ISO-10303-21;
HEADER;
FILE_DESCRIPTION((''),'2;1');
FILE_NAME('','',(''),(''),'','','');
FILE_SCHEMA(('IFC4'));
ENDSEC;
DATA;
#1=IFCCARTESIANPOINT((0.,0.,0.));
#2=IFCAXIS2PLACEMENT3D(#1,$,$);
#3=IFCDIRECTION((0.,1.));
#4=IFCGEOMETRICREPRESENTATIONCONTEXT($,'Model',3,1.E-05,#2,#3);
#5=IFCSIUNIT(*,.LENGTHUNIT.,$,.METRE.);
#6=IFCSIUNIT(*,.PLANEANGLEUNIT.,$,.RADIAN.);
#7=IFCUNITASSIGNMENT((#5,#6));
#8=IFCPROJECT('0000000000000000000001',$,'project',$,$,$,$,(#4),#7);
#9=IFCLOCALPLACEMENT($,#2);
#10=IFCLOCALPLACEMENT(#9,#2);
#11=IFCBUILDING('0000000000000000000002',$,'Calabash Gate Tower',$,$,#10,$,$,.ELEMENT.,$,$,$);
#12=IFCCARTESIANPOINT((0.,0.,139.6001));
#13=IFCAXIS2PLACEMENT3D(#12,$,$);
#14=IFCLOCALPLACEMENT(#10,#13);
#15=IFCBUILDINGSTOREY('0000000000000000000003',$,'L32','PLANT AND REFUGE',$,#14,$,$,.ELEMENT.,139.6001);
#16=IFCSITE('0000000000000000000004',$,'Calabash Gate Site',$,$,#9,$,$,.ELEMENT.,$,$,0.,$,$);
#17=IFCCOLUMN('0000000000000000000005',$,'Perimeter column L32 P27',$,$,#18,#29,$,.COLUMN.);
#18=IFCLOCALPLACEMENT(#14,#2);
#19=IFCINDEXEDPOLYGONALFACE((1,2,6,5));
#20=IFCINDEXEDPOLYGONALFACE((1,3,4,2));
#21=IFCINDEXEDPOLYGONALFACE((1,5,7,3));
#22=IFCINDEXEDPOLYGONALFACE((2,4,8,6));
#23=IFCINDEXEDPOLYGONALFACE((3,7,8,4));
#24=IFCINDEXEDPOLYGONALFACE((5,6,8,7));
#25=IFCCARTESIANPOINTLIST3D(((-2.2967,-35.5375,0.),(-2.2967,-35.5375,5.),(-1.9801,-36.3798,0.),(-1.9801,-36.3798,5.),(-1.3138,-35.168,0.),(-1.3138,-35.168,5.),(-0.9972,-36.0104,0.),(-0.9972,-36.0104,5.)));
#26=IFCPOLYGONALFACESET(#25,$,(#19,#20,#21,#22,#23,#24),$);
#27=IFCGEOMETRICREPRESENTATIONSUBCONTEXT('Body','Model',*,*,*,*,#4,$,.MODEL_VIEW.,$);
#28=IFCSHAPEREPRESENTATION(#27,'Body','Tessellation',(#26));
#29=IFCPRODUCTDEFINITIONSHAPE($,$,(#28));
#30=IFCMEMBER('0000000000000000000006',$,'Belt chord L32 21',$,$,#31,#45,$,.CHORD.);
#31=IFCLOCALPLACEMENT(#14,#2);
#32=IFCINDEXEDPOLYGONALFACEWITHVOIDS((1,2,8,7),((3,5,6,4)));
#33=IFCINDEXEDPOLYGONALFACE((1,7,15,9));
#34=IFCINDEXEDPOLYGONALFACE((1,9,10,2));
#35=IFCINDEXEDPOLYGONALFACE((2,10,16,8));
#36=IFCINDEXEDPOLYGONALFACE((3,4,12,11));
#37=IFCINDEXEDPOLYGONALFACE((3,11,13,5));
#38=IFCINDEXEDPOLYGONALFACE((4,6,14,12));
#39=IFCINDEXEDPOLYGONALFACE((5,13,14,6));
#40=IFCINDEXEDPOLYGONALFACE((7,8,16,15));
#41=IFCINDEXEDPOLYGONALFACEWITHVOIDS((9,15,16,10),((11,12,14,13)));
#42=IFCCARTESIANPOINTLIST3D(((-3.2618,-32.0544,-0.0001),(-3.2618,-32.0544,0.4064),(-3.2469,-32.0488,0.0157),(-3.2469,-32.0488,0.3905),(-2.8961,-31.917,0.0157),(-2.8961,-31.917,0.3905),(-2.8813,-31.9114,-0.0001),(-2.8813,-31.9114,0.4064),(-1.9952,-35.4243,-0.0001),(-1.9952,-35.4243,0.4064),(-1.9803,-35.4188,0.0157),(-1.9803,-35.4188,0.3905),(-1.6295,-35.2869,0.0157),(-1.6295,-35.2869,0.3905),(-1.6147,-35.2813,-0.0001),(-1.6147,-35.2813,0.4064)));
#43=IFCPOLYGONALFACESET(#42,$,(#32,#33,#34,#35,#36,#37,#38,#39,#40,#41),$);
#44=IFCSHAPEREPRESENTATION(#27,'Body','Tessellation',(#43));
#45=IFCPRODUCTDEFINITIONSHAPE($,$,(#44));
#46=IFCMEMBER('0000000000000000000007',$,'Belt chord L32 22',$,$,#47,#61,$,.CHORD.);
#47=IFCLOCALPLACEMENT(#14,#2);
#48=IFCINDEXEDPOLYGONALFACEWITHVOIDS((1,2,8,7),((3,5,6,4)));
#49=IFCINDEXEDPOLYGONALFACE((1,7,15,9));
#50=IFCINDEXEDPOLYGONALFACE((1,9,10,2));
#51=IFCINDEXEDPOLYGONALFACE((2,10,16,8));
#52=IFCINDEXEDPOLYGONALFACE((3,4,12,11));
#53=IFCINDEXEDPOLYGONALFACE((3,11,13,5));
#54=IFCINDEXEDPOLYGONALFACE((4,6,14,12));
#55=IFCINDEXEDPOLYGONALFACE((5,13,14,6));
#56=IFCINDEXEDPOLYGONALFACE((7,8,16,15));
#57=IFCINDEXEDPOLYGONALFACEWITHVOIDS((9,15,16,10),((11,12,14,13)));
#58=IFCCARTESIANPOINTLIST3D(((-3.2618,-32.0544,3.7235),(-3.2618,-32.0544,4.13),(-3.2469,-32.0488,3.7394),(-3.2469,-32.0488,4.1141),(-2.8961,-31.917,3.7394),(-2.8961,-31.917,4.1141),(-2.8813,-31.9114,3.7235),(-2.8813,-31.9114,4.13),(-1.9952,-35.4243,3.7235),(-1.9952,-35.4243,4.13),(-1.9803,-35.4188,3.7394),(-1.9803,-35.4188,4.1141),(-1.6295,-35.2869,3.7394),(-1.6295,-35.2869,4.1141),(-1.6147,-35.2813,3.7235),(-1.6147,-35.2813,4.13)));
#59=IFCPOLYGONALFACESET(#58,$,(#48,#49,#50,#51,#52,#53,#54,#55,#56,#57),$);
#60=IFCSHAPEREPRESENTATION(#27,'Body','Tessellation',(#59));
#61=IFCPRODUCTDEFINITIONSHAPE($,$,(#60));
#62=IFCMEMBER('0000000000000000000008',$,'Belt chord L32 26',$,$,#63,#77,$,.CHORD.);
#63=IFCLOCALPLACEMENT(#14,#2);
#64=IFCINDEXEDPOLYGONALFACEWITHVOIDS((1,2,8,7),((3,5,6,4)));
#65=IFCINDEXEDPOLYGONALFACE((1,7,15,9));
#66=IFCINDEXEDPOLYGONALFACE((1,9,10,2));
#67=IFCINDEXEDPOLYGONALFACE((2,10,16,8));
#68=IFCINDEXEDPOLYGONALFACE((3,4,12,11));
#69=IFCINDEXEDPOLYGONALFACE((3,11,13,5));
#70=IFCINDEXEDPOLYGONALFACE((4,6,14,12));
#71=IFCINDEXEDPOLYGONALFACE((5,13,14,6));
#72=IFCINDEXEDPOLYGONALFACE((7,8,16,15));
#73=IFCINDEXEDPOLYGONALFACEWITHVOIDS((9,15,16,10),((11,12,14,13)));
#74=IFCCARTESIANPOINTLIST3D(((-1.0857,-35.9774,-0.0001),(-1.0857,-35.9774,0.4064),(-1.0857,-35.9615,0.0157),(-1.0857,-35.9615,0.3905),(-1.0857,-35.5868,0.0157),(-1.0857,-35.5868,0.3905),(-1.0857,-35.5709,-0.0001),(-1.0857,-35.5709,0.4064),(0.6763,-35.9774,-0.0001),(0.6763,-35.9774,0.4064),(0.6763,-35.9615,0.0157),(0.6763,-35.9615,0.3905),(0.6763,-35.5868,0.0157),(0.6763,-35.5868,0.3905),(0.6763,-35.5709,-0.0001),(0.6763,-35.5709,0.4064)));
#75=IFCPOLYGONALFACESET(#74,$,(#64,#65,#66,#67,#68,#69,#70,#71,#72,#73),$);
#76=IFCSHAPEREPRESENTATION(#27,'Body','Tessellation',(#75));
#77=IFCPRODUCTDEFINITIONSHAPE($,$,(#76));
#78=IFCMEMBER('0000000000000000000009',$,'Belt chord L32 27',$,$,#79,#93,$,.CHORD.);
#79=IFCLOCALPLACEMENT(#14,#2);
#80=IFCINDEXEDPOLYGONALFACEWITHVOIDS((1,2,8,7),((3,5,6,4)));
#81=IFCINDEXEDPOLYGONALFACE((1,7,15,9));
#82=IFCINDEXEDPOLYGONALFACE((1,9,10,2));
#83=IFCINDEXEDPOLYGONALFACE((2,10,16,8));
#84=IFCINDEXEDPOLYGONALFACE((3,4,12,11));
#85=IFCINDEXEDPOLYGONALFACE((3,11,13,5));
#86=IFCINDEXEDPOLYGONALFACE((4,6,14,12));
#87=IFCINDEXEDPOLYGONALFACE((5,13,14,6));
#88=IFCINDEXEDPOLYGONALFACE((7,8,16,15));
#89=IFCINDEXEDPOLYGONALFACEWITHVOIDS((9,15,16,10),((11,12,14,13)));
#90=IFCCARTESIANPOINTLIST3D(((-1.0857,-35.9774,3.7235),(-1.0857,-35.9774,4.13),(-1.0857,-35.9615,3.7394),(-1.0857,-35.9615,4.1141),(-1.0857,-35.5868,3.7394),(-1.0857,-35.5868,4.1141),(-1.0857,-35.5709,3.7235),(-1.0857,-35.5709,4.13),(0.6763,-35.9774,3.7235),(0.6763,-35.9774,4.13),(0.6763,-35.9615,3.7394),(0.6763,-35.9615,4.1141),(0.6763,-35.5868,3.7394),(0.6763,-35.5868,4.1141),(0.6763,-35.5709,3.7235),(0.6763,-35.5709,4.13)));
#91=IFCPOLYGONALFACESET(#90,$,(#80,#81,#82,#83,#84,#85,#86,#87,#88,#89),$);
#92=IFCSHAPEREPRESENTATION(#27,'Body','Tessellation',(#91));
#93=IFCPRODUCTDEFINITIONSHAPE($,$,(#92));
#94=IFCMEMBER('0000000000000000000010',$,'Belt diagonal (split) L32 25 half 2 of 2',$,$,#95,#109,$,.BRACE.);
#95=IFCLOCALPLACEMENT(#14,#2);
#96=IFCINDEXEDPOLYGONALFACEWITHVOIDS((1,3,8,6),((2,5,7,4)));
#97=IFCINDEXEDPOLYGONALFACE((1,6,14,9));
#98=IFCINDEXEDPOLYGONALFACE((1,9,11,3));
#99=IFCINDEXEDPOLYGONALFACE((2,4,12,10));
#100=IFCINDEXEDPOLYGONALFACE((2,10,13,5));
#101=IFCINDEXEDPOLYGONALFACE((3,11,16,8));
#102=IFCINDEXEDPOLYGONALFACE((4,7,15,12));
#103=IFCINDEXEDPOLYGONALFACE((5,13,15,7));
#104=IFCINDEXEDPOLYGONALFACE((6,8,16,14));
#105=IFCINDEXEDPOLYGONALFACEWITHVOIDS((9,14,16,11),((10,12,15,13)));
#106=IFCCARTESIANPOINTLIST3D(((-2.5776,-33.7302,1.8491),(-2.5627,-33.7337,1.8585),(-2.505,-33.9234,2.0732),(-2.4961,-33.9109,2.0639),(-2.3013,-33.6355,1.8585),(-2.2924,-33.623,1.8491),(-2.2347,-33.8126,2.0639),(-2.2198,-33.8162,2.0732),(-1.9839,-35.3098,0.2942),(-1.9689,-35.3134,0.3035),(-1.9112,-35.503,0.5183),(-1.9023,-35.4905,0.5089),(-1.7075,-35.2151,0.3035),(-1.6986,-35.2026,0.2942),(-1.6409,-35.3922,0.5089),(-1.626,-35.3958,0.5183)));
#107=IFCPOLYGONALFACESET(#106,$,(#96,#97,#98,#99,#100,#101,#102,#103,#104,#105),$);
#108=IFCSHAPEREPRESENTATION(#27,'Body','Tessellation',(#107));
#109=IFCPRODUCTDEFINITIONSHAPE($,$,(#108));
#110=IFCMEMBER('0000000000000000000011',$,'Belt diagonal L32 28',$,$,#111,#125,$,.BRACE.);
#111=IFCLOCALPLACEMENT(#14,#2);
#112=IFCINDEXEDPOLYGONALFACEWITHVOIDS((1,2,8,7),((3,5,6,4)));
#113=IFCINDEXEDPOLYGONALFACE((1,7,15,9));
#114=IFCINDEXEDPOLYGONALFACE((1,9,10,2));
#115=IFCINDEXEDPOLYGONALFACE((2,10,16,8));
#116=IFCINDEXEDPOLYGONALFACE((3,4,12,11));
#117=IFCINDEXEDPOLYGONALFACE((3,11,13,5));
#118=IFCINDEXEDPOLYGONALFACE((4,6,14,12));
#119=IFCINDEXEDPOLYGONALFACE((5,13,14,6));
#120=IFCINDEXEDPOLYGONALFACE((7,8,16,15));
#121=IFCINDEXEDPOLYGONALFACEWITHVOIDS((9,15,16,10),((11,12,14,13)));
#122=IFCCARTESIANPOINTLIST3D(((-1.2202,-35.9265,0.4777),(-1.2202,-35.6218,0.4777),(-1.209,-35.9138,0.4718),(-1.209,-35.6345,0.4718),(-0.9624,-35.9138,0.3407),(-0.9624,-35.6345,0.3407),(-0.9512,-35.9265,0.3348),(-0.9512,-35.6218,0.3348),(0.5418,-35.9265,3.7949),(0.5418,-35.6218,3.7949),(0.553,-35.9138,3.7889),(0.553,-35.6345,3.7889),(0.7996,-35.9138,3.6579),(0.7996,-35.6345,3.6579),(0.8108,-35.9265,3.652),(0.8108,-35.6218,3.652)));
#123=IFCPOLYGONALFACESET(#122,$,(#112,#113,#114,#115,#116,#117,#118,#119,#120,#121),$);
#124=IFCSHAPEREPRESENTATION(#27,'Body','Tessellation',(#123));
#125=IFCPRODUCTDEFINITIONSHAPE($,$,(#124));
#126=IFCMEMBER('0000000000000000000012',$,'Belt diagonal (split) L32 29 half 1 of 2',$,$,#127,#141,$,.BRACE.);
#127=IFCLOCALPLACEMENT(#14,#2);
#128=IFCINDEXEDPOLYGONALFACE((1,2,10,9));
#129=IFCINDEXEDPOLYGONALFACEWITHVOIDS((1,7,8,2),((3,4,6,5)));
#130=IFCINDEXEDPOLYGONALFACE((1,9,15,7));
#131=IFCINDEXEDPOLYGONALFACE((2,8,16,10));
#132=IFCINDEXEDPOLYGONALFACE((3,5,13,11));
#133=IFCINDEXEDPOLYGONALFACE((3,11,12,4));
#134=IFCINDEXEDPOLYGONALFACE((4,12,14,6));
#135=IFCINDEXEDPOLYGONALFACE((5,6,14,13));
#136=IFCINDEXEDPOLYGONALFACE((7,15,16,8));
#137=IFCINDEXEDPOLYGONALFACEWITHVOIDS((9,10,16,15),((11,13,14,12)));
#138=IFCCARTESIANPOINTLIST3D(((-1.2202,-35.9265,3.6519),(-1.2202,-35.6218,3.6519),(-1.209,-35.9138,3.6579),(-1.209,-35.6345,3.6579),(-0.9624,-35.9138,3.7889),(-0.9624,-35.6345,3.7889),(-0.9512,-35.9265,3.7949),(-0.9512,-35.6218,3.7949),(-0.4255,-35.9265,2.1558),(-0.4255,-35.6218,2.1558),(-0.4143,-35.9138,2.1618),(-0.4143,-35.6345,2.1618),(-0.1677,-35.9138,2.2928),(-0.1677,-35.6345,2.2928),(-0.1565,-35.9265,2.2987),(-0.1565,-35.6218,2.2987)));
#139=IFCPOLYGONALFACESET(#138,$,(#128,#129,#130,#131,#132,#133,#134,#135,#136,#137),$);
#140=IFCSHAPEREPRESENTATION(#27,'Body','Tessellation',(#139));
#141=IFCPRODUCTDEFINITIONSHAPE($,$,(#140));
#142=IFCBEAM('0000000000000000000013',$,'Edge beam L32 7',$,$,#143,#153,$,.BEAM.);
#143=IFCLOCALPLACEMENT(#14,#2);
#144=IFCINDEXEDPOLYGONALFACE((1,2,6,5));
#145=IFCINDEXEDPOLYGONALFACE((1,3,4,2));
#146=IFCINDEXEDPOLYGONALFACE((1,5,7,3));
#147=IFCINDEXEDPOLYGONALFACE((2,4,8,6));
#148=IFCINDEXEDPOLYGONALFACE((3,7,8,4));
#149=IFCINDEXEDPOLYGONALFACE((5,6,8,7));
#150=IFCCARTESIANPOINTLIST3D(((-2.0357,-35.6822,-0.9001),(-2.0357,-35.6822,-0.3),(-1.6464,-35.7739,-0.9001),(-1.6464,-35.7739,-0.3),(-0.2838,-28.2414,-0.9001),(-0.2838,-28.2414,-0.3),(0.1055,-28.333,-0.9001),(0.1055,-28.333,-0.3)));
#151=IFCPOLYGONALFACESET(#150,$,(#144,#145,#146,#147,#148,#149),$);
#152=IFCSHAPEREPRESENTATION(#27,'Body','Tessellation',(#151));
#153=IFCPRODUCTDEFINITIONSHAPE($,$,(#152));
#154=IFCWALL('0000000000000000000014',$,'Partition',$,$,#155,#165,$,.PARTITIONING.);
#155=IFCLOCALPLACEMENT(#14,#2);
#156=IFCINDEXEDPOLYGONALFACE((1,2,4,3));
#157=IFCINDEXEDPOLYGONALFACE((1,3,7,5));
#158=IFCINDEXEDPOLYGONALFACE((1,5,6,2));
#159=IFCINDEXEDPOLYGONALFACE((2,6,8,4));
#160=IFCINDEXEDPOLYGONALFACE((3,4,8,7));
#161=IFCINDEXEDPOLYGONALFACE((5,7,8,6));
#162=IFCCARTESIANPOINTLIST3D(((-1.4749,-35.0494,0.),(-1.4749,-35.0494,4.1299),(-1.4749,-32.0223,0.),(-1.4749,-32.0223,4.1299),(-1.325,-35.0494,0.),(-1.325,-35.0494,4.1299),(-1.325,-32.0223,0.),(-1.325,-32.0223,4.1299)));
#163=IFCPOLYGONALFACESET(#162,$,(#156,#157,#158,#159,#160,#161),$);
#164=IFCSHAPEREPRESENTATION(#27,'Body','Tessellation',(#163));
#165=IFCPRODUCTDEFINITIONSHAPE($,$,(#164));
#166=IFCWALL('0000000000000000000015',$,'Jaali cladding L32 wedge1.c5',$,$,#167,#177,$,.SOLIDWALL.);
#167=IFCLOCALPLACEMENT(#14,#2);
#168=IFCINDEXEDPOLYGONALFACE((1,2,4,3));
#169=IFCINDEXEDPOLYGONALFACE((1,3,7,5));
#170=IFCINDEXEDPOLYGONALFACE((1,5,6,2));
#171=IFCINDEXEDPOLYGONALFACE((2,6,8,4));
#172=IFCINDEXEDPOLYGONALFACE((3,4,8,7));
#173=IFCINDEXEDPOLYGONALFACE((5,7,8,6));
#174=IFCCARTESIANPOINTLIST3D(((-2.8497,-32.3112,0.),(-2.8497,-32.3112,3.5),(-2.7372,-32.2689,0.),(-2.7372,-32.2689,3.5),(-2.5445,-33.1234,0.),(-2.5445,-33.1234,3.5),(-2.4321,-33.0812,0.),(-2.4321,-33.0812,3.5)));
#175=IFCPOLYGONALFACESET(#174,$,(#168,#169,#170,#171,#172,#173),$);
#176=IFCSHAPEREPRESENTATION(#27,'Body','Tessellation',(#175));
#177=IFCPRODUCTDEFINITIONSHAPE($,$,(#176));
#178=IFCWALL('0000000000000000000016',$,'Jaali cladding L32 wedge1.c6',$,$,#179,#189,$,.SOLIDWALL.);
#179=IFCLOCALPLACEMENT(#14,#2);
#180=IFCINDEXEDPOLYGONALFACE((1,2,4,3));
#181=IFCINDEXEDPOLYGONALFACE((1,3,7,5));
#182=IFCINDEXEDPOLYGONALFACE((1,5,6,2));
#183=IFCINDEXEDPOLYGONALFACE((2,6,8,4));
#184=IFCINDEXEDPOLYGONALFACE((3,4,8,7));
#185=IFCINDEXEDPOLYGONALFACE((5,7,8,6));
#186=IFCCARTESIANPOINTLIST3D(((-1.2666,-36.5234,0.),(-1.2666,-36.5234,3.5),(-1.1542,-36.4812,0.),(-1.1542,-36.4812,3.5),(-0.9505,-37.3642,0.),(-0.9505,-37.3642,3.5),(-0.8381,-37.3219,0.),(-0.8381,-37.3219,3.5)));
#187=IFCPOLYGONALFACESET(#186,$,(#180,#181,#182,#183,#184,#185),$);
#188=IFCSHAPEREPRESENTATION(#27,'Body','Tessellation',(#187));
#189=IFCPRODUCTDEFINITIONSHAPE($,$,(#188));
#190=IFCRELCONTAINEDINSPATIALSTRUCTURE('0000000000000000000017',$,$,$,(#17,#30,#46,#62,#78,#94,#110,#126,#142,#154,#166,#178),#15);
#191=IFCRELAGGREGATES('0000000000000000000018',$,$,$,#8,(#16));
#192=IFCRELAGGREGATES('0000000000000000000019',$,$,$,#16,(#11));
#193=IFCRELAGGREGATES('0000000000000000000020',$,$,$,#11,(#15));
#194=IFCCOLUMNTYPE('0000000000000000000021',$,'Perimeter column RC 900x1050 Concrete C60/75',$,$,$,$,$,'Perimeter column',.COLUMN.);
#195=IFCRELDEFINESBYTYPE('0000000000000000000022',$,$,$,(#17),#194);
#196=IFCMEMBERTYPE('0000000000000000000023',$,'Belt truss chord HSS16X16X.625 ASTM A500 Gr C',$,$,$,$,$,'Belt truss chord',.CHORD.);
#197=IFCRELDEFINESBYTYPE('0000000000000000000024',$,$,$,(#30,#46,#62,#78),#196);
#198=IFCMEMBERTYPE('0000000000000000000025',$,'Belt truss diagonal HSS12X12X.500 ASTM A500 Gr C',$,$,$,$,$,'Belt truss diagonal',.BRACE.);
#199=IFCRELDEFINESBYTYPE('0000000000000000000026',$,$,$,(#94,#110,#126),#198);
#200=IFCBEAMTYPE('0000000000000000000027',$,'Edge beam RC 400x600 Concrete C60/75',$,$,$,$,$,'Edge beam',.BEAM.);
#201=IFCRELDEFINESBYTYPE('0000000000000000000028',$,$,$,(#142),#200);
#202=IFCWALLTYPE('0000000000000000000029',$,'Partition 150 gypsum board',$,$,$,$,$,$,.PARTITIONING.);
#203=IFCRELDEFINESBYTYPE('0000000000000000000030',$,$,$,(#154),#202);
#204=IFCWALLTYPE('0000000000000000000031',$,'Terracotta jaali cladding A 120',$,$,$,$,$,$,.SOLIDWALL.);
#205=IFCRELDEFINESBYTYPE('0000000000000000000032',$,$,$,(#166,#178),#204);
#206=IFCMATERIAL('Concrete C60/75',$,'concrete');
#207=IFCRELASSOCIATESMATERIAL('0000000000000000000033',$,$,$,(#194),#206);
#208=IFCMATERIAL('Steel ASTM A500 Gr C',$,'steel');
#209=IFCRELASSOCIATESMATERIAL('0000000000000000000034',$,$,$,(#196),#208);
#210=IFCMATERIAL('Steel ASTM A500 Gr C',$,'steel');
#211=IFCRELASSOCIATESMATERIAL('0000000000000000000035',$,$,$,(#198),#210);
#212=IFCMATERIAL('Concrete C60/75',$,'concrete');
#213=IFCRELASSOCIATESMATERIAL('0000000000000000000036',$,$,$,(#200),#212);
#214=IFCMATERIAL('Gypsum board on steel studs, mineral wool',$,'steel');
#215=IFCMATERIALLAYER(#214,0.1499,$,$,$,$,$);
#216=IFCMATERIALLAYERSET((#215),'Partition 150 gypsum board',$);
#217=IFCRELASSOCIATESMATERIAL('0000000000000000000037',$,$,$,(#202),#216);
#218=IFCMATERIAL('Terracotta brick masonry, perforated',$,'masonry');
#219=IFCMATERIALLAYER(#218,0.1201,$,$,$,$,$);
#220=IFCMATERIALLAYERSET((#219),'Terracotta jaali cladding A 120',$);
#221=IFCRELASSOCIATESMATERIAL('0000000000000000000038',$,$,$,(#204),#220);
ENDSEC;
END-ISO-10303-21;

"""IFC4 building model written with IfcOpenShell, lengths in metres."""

from ifc_helpers import new_model, si_unit, direction, frame, frame_2d, origin, origin_2d, place, context, subcontext, project, spatial, rectangle, hollow_rectangle, extrude, material, layer, layer_set, material_profile, profile_set, type_object, element, save


model = new_model("IFC4")

# Units and contexts
model_context = context("Model", 3, precision=1e-05, world=origin(), true_north=direction((0.0, 1.0)))
body_context = subcontext(model_context, "Body", "Model", "MODEL_VIEW")
ifc_project = project(units=[si_unit("LENGTHUNIT", "METRE"), si_unit("PLANEANGLEUNIT", "RADIAN")], contexts=[model_context])

# Site, building, storey
site_placement = place(None, origin())
site = spatial("IfcSite", under=ifc_project, at=site_placement, Name="Calabash Gate Site", CompositionType="ELEMENT", RefElevation=0.0)
building_placement = place(site_placement, origin())
building = spatial("IfcBuilding", under=site, at=building_placement, Name="Calabash Gate Tower", CompositionType="ELEMENT")
storey_placement = place(building_placement, frame((0.0, 0.0, 139.6001)))
storey = spatial("IfcBuildingStorey", under=building, at=storey_placement, Name="L32", Description="PLANT AND REFUGE", CompositionType="ELEMENT", Elevation=139.6001)

# Column
ifc_material_1 = material(Name="Concrete C60/75", Category="concrete")
ifc_material_profile_1 = material_profile(ifc_material_1, rectangle(XDim=0.8999, YDim=1.05, at=origin_2d()))
ifc_profile_set_1 = profile_set([ifc_material_profile_1], Name="Concrete C60/75")
column_type = type_object("IfcColumnType", Name="Perimeter column RC 900x1050 Concrete C60/75", ElementType="Perimeter column", PredefinedType="COLUMN", material=ifc_profile_set_1)
column_placement = place(storey_placement, frame((-1.647, -35.7739, 0.0), z_axis=(0.0, 0.0, 1.0), x_axis=(0.351822, -0.936067, 0.0)))
element("IfcColumn", 1, at=column_placement, inside=storey, type_object=column_type, Name="Perimeter column L32 P27", PredefinedType="COLUMN", context=body_context, shape_type="SweptSolid", body=[
    extrude(rectangle(XDim=0.8999, YDim=1.05, at=origin_2d()), origin(), (0.0, 0.0, 1.0), 5.0),
])

# Members
ifc_material_2 = material(Name="Steel ASTM A500 Gr C", Category="steel")
ifc_material_profile_2 = material_profile(ifc_material_2, hollow_rectangle(XDim=0.4065, YDim=0.4065, WallThickness=0.0159, at=origin_2d()))
ifc_profile_set_2 = profile_set([ifc_material_profile_2], Name="Steel ASTM A500 Gr C")
member_type_1 = type_object("IfcMemberType", Name="Belt truss chord HSS16X16X.625 ASTM A500 Gr C", ElementType="Belt truss chord", PredefinedType="CHORD", material=ifc_profile_set_2)
for number, where, z_axis, x_axis, name in (
    (2, (-3.0715, -31.9829, 0.2031), (0.351829, -0.936064, 0.0), (0.936064, 0.351829, 0.0), "Belt chord L32 21"),
    (3, (-3.0715, -31.9829, 3.9268), (0.351829, -0.936064, 0.0), (0.936064, 0.351829, 0.0), "Belt chord L32 22"),
):
    element("IfcMember", number, at=place(storey_placement, frame(where, z_axis=z_axis, x_axis=x_axis)), inside=storey, type_object=member_type_1, Name=name, PredefinedType="CHORD", context=body_context, shape_type="SweptSolid", body=[
        extrude(hollow_rectangle(XDim=0.4065, YDim=0.4065, WallThickness=0.0159, at=origin_2d()), origin(), (0.0, 0.0, 1.0), 3.6001),
    ])
for number, where, z_axis, x_axis, name in (
    (4, (-1.0857, -35.7742, 0.2031), (1.0, 0.0, 0.0), (0.0, 1.0, 0.0), "Belt chord L32 26"),
    (5, (-1.0857, -35.7742, 3.9268), (1.0, 0.0, 0.0), (0.0, 1.0, 0.0), "Belt chord L32 27"),
):
    element("IfcMember", number, at=place(storey_placement, frame(where, z_axis=z_axis, x_axis=x_axis)), inside=storey, type_object=member_type_1, Name=name, PredefinedType="CHORD", context=body_context, shape_type="SweptSolid", body=[
        extrude(hollow_rectangle(XDim=0.4065, YDim=0.4065, WallThickness=0.0159, at=origin_2d()), origin(), (0.0, 0.0, 1.0), 1.762),
    ])
ifc_material_3 = material(Name="Steel ASTM A500 Gr C", Category="steel")
ifc_material_profile_3 = material_profile(ifc_material_3, hollow_rectangle(XDim=0.3047, YDim=0.3047, WallThickness=0.0127, at=origin_2d()))
ifc_profile_set_3 = profile_set([ifc_material_profile_3], Name="Steel ASTM A500 Gr C")
member_type_2 = type_object("IfcMemberType", Name="Belt truss diagonal HSS12X12X.500 ASTM A500 Gr C", ElementType="Belt truss diagonal", PredefinedType="BRACE", material=ifc_profile_set_3)
member_1_placement = place(storey_placement, frame((-2.3987, -33.7732, 1.9612), z_axis=(0.258753, -0.688377, -0.677631), x_axis=(0.936055, 0.351853, 0.0)))
element("IfcMember", 6, at=member_1_placement, inside=storey, type_object=member_type_2, Name="Belt diagonal (split) L32 25 half 2 of 2", PredefinedType="BRACE", context=body_context, shape_type="SweptSolid", body=[
    extrude(hollow_rectangle(XDim=0.3047, YDim=0.3047, WallThickness=0.0127, at=origin_2d()), origin(), (0.0, 0.0, 1.0), 2.2947),
])
member_2_placement = place(storey_placement, frame((-1.0857, -35.7742, 0.4062), z_axis=(0.4691, 0.0, 0.883145), x_axis=(0.0, 1.0, 0.0)))
element("IfcMember", 7, at=member_2_placement, inside=storey, type_object=member_type_2, Name="Belt diagonal L32 28", PredefinedType="BRACE", context=body_context, shape_type="SweptSolid", body=[
    extrude(hollow_rectangle(XDim=0.3047, YDim=0.3047, WallThickness=0.0127, at=origin_2d()), origin(), (0.0, 0.0, 1.0), 3.7561),
])
member_3_placement = place(storey_placement, frame((-1.0857, -35.7742, 3.7234), z_axis=(0.469099, 0.0, -0.883146), x_axis=(0.0, 1.0, 0.0)))
element("IfcMember", 8, at=member_3_placement, inside=storey, type_object=member_type_2, Name="Belt diagonal (split) L32 29 half 1 of 2", PredefinedType="BRACE", context=body_context, shape_type="SweptSolid", body=[
    extrude(hollow_rectangle(XDim=0.3047, YDim=0.3047, WallThickness=0.0127, at=origin_2d()), origin(), (0.0, 0.0, 1.0), 1.6941),
])

# Beam
ifc_material_4 = material(Name="Concrete C60/75", Category="concrete")
ifc_material_profile_4 = material_profile(ifc_material_4, rectangle(XDim=0.3999, YDim=0.6001, at=origin_2d()))
ifc_profile_set_4 = profile_set([ifc_material_profile_4], Name="Concrete C60/75")
beam_type = type_object("IfcBeamType", Name="Edge beam RC 400x600 Concrete C60/75", ElementType="Edge beam", PredefinedType="BEAM", material=ifc_profile_set_4)
beam_placement = place(storey_placement, frame((-1.8411, -35.728, -0.6001), z_axis=(0.229182, 0.973384, 0.0), x_axis=(-0.973384, 0.229182, 0.0)))
element("IfcBeam", 9, at=beam_placement, inside=storey, type_object=beam_type, Name="Edge beam L32 7", PredefinedType="BEAM", context=body_context, shape_type="SweptSolid", body=[
    extrude(rectangle(XDim=0.3999, YDim=0.6001, at=origin_2d()), origin(), (0.0, 0.0, 1.0), 7.6443),
])

# Walls
ifc_material_5 = material(Name="Gypsum board on steel studs, mineral wool", Category="steel")
ifc_layer_1 = layer(ifc_material_5, 0.1499)
ifc_layer_set_1 = layer_set([ifc_layer_1], Name="Partition 150 gypsum board")
wall_type_1 = type_object("IfcWallType", Name="Partition 150 gypsum board", PredefinedType="PARTITIONING", material=ifc_layer_set_1)
wall_1_placement = place(storey_placement, frame((-1.3999, -35.0496, 0.0), z_axis=(0.0, 0.0, 1.0), x_axis=(0.0, 1.0, 0.0)))
element("IfcWall", 10, at=wall_1_placement, inside=storey, type_object=wall_type_1, Name="Partition", PredefinedType="PARTITIONING", context=body_context, shape_type="SweptSolid", body=[
    extrude(rectangle(XDim=3.0271, YDim=0.1499, at=frame_2d((1.5137, 0.0))), origin(), (0.0, 0.0, 1.0), 4.1299),
])
ifc_material_6 = material(Name="Terracotta brick masonry, perforated", Category="masonry")
ifc_layer_2 = layer(ifc_material_6, 0.1201)
ifc_layer_set_2 = layer_set([ifc_layer_2], Name="Terracotta jaali cladding A 120")
wall_type_2 = type_object("IfcWallType", Name="Terracotta jaali cladding A 120", PredefinedType="SOLIDWALL", material=ifc_layer_set_2)
wall_2_placement = place(storey_placement, frame((-2.7935, -32.29, 0.0), z_axis=(0.0, 0.0, 1.0), x_axis=(0.351709, -0.936109, 0.0)))
element("IfcWall", 11, at=wall_2_placement, inside=storey, type_object=wall_type_2, Name="Jaali cladding L32 wedge1.c5", PredefinedType="SOLIDWALL", context=body_context, shape_type="SweptSolid", body=[
    extrude(rectangle(XDim=0.8677, YDim=0.1201, at=frame_2d((0.4338, 0.0))), origin(), (0.0, 0.0, 1.0), 3.5),
])
wall_3_placement = place(storey_placement, frame((-1.2104, -36.5022, 0.0), z_axis=(0.0, 0.0, 1.0), x_axis=(0.351957, -0.936016, 0.0)))
element("IfcWall", 12, at=wall_3_placement, inside=storey, type_object=wall_type_2, Name="Jaali cladding L32 wedge1.c6", PredefinedType="SOLIDWALL", context=body_context, shape_type="SweptSolid", body=[
    extrude(rectangle(XDim=0.8982, YDim=0.1201, at=frame_2d((0.4492, 0.0))), origin(), (0.0, 0.0, 1.0), 3.5),
])

save(model, "model.ifc")
